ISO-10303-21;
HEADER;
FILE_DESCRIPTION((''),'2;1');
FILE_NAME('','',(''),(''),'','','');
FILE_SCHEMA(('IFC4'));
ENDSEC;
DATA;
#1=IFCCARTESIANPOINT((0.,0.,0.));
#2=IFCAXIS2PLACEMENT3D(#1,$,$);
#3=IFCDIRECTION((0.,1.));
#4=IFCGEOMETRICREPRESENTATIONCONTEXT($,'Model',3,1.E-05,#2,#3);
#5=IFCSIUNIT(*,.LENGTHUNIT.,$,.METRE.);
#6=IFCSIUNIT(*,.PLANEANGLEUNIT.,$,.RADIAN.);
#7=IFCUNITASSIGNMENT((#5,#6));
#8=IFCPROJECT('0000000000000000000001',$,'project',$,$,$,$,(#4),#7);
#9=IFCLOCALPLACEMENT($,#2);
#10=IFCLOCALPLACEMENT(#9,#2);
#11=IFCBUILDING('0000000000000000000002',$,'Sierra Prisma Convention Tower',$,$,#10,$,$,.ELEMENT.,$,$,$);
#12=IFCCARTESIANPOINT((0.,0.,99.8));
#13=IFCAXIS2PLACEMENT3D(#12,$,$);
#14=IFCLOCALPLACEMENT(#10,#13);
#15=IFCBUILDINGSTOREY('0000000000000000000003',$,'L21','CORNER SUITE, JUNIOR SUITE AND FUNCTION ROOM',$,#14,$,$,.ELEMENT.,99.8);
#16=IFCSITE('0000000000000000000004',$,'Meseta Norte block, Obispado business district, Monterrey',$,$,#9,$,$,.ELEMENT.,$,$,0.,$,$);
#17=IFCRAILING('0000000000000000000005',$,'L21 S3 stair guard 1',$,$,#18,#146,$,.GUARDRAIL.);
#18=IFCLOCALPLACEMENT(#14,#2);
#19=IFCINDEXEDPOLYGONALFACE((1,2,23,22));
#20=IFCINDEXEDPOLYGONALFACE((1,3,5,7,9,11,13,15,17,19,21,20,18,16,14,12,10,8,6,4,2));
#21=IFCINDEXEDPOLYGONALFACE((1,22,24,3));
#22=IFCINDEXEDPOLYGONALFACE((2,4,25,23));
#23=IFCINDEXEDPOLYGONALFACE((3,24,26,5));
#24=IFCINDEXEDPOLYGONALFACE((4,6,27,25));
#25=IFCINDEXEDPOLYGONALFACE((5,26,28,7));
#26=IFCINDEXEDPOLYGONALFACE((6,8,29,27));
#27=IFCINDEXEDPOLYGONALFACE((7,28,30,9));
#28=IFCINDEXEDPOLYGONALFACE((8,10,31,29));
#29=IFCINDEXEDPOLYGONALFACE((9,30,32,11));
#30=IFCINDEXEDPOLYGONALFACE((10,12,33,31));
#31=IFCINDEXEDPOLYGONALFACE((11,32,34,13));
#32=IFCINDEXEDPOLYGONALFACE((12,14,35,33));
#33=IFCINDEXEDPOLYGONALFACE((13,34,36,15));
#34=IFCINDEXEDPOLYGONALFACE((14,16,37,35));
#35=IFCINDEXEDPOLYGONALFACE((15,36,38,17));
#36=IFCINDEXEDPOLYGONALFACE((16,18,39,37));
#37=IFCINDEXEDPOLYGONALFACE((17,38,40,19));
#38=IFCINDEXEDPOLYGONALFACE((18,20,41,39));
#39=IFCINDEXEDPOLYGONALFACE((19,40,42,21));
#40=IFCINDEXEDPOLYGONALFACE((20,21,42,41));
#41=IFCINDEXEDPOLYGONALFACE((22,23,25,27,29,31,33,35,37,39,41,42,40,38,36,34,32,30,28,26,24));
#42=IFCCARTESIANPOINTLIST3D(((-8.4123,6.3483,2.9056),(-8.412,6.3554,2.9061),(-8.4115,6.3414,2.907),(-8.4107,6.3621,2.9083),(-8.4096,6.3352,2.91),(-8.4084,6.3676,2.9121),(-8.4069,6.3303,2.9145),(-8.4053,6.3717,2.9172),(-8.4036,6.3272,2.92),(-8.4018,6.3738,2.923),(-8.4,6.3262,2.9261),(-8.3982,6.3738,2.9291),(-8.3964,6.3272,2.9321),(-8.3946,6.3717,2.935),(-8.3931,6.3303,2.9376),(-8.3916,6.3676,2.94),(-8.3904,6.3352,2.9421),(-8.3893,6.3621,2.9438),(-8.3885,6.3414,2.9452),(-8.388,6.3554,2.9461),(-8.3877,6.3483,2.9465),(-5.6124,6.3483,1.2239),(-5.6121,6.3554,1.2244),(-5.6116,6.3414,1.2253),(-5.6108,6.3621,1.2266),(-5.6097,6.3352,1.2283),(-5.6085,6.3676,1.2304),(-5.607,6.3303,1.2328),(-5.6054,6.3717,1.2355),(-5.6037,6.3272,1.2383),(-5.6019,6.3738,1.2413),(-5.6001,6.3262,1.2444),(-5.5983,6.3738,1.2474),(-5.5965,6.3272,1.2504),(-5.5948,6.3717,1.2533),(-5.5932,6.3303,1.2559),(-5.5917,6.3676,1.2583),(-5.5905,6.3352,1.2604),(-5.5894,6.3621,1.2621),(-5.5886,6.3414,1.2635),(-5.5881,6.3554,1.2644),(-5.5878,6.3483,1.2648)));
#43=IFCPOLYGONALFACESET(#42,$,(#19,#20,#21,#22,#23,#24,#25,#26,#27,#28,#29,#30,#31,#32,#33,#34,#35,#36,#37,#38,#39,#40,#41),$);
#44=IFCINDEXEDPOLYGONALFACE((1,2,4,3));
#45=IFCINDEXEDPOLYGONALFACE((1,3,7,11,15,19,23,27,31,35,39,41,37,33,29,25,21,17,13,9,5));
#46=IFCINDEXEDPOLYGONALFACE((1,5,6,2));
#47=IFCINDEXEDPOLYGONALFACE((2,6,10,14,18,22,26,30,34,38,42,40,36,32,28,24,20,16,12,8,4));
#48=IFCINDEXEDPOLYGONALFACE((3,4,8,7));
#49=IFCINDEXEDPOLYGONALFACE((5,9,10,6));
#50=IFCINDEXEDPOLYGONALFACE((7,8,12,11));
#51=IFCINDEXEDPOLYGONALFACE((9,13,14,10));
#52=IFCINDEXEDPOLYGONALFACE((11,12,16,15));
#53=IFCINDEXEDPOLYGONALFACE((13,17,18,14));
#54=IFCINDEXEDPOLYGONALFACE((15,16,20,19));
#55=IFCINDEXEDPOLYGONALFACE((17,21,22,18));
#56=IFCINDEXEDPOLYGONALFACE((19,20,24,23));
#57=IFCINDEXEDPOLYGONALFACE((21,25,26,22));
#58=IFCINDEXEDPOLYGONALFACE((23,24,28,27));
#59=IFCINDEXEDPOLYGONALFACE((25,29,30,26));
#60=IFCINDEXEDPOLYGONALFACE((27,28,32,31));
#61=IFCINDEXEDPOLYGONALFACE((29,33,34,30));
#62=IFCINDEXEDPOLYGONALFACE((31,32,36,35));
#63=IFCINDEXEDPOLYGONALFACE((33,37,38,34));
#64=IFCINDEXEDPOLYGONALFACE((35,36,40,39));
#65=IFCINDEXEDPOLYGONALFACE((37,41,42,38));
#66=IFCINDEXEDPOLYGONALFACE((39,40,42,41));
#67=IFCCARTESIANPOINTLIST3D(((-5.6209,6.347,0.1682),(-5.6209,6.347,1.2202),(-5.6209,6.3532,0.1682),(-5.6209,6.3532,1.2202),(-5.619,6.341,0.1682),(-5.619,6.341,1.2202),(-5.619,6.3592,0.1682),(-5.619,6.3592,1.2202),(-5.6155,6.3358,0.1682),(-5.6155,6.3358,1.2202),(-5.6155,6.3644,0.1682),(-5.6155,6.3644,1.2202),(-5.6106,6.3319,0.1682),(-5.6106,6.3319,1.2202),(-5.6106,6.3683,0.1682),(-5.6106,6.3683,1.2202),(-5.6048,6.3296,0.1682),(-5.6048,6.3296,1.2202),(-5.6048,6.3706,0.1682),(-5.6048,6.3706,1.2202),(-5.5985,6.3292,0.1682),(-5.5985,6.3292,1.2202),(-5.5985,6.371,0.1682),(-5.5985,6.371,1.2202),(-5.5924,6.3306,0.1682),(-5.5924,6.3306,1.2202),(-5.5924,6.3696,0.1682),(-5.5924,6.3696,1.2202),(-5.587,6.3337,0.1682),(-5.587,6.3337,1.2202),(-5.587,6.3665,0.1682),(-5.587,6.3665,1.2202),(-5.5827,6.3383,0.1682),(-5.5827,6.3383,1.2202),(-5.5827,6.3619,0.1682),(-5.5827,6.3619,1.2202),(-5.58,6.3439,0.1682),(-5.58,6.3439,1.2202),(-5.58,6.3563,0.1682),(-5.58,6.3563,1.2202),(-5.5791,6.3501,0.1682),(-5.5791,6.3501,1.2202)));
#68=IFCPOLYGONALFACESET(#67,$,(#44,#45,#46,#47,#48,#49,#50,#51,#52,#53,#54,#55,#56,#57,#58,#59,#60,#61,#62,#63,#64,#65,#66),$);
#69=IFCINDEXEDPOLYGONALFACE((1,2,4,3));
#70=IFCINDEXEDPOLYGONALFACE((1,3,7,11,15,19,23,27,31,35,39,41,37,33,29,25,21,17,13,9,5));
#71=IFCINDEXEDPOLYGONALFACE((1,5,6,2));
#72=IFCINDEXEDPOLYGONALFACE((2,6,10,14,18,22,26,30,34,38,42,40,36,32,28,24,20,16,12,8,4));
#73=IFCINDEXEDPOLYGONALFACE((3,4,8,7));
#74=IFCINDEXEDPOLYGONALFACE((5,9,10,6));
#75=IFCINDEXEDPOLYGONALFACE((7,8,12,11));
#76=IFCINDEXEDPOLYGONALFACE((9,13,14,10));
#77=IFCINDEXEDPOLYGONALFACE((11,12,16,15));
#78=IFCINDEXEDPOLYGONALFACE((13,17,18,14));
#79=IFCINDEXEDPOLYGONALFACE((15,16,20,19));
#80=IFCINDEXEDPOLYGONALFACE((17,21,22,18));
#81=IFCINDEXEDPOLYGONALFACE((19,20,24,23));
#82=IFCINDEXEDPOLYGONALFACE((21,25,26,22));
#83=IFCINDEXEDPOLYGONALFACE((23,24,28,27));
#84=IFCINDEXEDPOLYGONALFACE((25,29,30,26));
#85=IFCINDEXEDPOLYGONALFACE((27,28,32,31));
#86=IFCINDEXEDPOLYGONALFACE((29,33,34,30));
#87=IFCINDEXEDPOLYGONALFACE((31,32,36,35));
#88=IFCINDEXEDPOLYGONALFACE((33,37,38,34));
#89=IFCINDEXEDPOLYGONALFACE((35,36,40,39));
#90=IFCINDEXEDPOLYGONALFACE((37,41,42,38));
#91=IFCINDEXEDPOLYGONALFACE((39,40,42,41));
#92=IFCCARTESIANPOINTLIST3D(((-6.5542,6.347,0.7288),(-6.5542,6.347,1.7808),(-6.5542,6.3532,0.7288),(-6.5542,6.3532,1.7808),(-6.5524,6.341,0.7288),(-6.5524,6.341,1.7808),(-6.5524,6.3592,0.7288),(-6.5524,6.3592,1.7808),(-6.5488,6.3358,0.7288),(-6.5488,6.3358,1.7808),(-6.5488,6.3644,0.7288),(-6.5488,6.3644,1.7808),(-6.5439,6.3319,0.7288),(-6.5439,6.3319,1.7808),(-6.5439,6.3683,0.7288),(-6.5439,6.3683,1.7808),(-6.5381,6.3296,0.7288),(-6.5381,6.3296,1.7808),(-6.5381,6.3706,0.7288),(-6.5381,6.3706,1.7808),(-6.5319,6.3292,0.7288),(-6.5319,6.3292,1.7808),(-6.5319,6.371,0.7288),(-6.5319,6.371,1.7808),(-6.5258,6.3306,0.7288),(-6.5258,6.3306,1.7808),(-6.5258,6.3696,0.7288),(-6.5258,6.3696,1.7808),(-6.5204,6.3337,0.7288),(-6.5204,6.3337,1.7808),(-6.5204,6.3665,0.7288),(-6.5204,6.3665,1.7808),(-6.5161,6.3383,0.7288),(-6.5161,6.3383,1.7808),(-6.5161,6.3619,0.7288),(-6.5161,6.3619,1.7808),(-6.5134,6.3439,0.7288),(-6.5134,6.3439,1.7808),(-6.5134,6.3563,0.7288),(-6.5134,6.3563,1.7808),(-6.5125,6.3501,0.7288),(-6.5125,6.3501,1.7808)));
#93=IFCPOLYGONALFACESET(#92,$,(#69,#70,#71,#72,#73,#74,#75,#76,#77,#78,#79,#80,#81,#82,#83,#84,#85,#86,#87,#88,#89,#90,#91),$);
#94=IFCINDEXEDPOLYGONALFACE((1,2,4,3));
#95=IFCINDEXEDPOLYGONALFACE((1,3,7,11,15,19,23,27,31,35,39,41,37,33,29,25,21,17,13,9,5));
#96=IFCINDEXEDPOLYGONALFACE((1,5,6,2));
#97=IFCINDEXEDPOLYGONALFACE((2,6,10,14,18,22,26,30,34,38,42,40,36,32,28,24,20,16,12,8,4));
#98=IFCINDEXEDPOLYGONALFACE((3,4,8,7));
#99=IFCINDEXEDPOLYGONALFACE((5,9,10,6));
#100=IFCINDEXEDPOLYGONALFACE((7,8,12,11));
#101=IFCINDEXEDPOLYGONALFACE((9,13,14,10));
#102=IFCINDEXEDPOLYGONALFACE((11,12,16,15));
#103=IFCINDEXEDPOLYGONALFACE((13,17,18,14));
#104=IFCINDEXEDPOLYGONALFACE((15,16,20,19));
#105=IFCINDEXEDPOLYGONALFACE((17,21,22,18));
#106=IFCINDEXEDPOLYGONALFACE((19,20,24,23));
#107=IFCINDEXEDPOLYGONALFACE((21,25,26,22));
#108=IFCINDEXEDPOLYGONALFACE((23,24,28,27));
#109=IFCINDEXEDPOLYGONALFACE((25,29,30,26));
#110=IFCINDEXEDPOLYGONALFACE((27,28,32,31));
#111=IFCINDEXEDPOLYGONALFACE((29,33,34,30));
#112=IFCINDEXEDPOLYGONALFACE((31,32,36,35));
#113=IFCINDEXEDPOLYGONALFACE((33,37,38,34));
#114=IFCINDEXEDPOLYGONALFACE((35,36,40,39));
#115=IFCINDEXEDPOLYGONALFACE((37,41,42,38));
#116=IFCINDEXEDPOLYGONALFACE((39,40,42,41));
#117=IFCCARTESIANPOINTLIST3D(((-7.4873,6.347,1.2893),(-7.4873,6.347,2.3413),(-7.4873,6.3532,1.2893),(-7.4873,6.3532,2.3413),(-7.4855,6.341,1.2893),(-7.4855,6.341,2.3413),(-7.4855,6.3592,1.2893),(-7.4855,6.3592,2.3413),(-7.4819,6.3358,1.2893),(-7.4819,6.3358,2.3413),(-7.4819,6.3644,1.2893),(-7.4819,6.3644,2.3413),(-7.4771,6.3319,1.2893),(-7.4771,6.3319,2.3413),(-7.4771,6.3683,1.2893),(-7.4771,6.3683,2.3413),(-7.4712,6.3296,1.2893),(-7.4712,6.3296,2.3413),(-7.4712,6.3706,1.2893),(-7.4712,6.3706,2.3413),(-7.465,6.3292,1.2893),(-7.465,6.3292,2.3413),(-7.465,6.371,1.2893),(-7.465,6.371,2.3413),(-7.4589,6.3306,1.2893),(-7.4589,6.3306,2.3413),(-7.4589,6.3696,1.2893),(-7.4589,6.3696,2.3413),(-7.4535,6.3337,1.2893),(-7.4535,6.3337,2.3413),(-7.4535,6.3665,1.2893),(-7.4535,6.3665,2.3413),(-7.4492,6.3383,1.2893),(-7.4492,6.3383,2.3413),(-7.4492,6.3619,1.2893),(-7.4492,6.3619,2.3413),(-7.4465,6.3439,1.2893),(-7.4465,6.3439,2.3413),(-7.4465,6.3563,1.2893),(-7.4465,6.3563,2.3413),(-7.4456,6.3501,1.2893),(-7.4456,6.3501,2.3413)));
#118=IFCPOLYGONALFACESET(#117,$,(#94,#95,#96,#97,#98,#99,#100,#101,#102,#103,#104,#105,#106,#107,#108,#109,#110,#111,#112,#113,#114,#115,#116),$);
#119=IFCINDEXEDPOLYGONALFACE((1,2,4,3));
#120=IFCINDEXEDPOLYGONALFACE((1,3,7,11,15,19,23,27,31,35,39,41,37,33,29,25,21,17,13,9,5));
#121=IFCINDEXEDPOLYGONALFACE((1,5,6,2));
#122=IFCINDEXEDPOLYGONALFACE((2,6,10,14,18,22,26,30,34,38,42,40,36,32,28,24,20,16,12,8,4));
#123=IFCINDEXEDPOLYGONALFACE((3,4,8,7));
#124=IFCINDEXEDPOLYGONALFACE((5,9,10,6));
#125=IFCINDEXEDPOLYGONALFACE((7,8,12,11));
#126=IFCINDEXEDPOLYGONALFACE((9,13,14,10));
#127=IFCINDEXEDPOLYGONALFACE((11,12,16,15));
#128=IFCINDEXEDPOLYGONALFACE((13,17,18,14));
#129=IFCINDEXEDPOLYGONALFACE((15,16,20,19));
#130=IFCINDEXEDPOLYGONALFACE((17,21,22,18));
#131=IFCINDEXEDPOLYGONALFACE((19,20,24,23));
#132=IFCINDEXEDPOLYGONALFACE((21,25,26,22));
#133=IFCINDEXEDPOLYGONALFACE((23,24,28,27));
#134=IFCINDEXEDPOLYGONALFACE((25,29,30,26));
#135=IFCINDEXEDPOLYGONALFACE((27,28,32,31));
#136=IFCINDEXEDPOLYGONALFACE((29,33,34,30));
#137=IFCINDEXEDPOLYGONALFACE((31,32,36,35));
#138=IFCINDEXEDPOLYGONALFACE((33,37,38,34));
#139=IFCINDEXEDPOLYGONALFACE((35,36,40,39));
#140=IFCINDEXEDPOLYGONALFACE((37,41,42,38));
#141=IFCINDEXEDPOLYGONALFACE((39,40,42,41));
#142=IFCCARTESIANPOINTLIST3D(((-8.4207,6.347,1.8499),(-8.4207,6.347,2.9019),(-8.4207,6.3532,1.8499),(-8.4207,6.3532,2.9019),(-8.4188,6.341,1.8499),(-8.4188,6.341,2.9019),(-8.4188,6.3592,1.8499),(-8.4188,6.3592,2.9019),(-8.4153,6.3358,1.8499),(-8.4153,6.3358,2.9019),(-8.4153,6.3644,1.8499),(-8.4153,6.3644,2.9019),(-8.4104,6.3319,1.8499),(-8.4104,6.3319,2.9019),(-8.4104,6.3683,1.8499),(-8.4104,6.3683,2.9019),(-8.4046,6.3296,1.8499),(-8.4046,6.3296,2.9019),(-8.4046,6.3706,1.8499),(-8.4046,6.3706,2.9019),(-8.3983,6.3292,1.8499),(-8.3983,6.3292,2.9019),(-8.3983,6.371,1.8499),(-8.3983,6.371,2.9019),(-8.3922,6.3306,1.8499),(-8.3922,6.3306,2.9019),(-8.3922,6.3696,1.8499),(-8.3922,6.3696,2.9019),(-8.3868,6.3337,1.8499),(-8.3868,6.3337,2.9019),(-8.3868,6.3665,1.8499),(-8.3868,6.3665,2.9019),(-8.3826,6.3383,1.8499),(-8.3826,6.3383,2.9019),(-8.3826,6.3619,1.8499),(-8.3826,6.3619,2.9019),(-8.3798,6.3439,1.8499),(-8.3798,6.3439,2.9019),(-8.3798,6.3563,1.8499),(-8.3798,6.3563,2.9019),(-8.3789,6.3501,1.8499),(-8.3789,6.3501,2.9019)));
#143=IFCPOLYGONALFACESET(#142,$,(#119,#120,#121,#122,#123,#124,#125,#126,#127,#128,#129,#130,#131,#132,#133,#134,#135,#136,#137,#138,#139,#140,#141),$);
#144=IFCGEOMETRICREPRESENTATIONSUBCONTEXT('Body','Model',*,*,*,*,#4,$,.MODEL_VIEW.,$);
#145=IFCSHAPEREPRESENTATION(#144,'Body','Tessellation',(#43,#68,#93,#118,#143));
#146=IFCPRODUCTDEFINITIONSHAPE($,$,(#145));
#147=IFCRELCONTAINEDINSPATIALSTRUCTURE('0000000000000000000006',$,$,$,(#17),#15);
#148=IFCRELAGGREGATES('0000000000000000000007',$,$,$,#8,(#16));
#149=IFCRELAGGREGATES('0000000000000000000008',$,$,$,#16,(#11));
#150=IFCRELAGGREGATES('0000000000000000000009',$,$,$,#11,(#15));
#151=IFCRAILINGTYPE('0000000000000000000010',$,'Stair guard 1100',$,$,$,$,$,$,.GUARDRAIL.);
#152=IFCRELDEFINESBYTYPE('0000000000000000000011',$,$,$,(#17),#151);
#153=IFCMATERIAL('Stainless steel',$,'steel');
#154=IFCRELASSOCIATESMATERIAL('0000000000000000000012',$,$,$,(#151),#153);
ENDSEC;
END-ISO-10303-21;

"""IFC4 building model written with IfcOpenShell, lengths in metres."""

from ifc_helpers import new_model, si_unit, direction, frame, origin, origin_2d, place, context, subcontext, project, spatial, circle, extrude, material, type_object, element, save


model = new_model("IFC4")

# Units and contexts
model_context = context("Model", 3, precision=1e-05, world=origin(), true_north=direction((0.0, 1.0)))
body_context = subcontext(model_context, "Body", "Model", "MODEL_VIEW")
ifc_project = project(units=[si_unit("LENGTHUNIT", "METRE"), si_unit("PLANEANGLEUNIT", "RADIAN")], contexts=[model_context])

# Site, building, storey
site_placement = place(None, origin())
site = spatial("IfcSite", under=ifc_project, at=site_placement, Name="Meseta Norte block, Obispado business district, Monterrey", CompositionType="ELEMENT", RefElevation=0.0)
building_placement = place(site_placement, origin())
building = spatial("IfcBuilding", under=site, at=building_placement, Name="Sierra Prisma Convention Tower", CompositionType="ELEMENT")
storey_placement = place(building_placement, frame((0.0, 0.0, 99.8)))
storey = spatial("IfcBuildingStorey", under=building, at=storey_placement, Name="L21", Description="CORNER SUITE, JUNIOR SUITE AND FUNCTION ROOM", CompositionType="ELEMENT", Elevation=99.8)

# Railing
ifc_material_1 = material(Name="Stainless steel", Category="steel")
railing_type_1 = type_object("IfcRailingType", Name="Stair guard 1100", PredefinedType="GUARDRAIL", material=ifc_material_1)
railing_1_placement = place(storey_placement, frame((-5.6001, 6.3501, 0.1682)))
element("IfcRailing", 1, at=railing_1_placement, inside=storey, type_object=railing_type_1, Name="L21 S3 stair guard 1", PredefinedType="GUARDRAIL", context=body_context, shape_type="SweptSolid", body=[
    extrude(circle(Radius=0.0239, at=origin_2d()), frame((0.0, 0.0, 1.0762), z_axis=(-0.857255, 0.0, 0.514891), x_axis=(0.0, -1.0, 0.0)), (0.0, 0.0, 1.0), 3.2661),
    extrude(circle(Radius=0.021, at=origin_2d()), origin(), (0.0, 0.0, 1.0), 1.052),
    extrude(circle(Radius=0.021, at=origin_2d()), frame((-0.9333, 0.0, 0.5605)), (0.0, 0.0, 1.0), 1.052),
    extrude(circle(Radius=0.021, at=origin_2d()), frame((-1.8665, 0.0, 1.1211)), (0.0, 0.0, 1.0), 1.052),
    extrude(circle(Radius=0.021, at=origin_2d()), frame((-2.7998, 0.0, 1.6816)), (0.0, 0.0, 1.0), 1.052),
])

save(model, "model.ifc")
